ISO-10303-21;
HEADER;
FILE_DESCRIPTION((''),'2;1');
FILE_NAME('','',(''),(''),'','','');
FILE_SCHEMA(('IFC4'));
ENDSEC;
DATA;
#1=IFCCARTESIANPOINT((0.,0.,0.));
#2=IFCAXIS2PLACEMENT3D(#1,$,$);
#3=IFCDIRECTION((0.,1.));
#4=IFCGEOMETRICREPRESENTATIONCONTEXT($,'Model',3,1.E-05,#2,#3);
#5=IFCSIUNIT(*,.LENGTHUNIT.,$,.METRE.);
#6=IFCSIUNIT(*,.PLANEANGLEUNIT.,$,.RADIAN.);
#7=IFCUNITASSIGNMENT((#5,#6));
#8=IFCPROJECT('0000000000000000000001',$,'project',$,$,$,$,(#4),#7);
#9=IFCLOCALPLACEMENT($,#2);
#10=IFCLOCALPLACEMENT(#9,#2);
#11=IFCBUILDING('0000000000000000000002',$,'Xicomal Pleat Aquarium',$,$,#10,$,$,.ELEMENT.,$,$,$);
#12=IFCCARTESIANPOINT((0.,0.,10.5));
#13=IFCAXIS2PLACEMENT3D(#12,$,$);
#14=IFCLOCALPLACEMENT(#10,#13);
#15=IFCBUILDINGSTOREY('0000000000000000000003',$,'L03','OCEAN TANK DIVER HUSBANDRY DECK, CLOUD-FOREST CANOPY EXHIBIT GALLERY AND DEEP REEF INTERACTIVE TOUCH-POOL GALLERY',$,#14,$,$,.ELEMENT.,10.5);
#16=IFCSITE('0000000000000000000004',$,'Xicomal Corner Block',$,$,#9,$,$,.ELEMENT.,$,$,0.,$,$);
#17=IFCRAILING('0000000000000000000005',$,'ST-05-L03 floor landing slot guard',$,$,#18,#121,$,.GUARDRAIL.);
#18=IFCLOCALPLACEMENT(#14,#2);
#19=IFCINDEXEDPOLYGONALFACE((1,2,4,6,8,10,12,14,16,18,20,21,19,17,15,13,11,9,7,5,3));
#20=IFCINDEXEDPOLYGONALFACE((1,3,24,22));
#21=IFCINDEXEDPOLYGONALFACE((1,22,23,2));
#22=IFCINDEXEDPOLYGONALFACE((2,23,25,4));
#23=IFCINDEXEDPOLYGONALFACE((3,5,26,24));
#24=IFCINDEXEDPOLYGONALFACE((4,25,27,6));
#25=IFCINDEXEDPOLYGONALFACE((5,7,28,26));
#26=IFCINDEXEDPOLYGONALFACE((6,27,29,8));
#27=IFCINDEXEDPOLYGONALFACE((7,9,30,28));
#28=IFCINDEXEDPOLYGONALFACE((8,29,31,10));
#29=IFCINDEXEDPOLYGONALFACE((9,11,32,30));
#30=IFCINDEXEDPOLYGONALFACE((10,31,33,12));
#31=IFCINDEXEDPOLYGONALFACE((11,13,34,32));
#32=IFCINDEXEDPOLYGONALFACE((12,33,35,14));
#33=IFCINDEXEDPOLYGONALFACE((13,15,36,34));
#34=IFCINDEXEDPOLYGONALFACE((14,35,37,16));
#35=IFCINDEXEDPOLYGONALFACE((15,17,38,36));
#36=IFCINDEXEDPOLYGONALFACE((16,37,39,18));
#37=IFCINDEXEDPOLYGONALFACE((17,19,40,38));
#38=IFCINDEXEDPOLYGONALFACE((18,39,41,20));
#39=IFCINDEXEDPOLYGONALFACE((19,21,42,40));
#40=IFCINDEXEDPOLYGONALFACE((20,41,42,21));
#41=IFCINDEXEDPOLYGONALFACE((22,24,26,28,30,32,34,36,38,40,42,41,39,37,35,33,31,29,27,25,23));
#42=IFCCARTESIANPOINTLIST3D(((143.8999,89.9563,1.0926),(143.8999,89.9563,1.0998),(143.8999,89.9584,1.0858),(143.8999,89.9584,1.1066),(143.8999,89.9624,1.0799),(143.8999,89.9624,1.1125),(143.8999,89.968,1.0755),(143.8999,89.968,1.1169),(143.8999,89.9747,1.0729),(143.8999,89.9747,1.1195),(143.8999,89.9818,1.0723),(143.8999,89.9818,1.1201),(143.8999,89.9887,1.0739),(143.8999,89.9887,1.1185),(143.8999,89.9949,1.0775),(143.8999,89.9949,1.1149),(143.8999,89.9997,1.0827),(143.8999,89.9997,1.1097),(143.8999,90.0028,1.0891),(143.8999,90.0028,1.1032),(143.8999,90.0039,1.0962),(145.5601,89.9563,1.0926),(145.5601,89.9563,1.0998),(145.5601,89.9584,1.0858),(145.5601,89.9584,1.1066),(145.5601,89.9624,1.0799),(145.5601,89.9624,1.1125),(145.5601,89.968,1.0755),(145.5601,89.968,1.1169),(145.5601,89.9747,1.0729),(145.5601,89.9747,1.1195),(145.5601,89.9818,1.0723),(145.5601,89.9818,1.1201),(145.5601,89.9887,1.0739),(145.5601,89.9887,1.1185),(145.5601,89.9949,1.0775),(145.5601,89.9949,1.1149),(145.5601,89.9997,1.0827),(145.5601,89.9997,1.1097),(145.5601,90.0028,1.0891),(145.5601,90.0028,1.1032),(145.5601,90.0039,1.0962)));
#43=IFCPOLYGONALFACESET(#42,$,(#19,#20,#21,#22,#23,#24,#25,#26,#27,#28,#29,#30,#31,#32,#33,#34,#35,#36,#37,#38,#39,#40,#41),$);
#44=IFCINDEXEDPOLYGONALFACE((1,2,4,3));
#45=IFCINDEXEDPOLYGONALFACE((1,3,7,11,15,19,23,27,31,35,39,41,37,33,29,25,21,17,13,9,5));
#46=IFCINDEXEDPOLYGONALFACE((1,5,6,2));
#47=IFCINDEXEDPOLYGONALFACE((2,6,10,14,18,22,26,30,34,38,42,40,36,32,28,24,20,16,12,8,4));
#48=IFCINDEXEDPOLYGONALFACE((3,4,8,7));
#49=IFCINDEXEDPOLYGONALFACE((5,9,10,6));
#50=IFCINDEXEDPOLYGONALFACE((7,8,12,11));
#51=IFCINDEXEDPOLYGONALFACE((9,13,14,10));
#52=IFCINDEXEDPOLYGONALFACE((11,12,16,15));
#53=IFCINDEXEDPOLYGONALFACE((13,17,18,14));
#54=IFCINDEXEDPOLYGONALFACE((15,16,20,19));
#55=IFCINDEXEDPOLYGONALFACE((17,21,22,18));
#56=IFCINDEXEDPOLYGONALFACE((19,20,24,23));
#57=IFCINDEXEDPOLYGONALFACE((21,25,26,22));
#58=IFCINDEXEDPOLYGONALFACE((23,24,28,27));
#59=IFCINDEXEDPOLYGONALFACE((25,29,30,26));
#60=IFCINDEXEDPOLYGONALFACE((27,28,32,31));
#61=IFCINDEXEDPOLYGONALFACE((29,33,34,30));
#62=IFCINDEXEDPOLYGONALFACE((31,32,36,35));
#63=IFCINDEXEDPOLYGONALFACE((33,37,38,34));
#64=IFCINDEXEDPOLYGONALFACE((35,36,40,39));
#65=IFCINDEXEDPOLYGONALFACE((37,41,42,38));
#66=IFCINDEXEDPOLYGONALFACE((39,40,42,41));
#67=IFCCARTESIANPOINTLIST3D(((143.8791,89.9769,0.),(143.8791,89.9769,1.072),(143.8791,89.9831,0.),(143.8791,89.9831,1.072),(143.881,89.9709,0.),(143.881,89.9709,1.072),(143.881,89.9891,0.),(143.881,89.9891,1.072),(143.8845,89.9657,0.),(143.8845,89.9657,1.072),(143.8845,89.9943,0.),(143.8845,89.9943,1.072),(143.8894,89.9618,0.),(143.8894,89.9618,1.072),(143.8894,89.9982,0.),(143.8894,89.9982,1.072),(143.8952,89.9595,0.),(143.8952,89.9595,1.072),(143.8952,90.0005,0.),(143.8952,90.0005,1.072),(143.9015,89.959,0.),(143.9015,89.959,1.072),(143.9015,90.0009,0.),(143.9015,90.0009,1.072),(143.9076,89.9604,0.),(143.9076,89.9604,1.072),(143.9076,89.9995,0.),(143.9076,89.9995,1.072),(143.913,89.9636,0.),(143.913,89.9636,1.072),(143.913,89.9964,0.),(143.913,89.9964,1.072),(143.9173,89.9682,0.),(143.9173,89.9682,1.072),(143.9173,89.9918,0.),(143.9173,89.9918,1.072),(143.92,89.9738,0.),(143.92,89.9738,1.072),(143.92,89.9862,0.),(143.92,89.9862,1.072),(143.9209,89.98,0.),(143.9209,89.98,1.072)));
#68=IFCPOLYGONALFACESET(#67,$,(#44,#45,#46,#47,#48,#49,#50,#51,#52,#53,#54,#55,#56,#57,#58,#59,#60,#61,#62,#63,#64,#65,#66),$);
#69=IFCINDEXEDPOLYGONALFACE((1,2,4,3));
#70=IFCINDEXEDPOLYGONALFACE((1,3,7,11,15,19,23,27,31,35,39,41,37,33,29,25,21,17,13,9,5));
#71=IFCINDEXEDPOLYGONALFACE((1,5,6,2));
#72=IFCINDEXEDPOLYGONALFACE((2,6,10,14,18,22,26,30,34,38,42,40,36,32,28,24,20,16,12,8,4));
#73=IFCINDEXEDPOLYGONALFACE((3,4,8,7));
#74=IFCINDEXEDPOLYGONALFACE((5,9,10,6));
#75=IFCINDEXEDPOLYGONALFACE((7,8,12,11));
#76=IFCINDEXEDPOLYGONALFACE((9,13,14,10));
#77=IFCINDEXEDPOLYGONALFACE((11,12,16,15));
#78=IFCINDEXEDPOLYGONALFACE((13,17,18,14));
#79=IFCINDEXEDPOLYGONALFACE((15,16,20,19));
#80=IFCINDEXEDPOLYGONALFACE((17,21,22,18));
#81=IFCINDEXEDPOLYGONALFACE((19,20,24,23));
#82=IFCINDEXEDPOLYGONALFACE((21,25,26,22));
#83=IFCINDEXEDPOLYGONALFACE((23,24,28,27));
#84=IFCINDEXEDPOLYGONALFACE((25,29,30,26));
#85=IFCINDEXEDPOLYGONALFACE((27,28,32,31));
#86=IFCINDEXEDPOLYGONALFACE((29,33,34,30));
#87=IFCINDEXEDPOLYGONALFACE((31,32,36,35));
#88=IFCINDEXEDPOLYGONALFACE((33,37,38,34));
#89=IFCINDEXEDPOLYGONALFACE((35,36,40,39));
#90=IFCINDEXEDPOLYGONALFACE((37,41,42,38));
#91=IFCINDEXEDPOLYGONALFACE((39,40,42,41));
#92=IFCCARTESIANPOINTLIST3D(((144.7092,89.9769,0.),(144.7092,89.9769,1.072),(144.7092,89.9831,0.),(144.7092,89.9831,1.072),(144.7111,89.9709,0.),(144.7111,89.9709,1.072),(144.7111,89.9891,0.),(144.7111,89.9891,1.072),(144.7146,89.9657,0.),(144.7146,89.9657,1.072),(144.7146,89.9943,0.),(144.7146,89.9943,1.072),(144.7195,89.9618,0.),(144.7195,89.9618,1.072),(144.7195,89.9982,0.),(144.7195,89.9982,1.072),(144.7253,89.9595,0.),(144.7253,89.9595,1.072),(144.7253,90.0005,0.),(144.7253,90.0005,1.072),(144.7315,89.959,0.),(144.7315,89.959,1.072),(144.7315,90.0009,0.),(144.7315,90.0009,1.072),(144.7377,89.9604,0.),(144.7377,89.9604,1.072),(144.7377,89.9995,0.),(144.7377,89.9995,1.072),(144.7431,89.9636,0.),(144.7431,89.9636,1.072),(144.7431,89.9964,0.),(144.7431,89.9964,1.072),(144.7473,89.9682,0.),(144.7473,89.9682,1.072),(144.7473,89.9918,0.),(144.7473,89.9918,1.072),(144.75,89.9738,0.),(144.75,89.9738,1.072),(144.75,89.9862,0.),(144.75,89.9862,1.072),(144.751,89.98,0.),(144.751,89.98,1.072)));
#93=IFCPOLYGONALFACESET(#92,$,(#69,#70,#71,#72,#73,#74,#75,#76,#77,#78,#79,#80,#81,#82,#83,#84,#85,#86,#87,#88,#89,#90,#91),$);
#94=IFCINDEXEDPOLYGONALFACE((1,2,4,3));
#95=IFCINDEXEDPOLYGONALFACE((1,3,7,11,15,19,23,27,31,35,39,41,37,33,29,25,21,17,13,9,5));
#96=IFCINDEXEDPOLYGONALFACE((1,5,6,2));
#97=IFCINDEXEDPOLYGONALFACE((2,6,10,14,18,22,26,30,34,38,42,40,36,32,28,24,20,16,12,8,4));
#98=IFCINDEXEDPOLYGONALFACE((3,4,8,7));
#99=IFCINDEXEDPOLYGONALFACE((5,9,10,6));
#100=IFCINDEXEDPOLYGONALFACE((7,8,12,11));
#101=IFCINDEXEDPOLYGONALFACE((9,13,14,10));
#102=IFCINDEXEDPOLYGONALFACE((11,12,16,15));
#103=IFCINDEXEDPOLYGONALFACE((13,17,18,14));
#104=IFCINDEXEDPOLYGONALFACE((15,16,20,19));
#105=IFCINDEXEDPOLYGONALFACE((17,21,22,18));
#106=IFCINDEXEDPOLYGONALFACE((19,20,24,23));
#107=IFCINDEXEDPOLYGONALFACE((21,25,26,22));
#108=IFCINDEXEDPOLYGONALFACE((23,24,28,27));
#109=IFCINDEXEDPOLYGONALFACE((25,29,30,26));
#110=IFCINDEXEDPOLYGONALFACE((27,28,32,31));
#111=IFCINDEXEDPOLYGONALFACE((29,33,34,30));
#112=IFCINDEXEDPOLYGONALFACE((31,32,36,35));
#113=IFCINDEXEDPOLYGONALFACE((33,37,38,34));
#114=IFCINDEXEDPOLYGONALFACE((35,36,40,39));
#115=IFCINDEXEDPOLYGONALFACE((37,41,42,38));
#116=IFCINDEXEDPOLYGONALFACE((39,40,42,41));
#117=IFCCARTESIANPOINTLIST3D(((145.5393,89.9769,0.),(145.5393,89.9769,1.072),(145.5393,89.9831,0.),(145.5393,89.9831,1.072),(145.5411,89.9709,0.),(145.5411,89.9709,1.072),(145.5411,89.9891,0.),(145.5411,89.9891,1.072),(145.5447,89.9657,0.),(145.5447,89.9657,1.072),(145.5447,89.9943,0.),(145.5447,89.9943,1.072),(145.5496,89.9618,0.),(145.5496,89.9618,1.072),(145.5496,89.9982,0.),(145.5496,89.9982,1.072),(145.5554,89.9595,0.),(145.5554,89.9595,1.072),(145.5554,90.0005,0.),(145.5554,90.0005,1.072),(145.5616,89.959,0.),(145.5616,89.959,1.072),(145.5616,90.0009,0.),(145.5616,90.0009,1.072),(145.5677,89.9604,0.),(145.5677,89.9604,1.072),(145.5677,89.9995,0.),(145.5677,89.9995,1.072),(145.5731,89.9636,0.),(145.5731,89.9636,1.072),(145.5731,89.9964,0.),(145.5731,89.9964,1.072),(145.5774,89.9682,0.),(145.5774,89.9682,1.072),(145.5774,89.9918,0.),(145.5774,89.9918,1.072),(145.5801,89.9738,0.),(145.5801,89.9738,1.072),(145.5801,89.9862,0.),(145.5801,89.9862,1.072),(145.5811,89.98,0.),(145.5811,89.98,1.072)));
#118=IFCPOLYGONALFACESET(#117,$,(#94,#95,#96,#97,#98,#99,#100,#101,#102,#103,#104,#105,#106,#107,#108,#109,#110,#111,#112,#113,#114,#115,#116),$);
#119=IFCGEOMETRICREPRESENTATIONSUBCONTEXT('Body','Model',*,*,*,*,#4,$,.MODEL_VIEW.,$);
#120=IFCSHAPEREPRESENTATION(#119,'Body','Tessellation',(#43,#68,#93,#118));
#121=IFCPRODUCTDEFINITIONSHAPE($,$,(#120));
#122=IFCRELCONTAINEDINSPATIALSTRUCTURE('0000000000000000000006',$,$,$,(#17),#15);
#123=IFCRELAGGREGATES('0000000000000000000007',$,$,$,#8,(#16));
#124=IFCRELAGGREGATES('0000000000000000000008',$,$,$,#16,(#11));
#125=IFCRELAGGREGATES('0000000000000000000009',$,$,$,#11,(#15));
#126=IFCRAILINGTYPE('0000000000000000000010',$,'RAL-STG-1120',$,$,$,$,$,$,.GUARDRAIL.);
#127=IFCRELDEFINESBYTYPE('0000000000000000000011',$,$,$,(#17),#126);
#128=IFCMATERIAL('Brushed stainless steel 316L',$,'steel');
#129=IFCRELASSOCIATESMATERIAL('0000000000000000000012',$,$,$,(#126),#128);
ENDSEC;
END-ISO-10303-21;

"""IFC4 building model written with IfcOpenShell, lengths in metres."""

from ifc_helpers import new_model, si_unit, direction, frame, origin, origin_2d, place, context, subcontext, project, spatial, circle, extrude, material, type_object, element, save


model = new_model("IFC4")

# Units and contexts
model_context = context("Model", 3, precision=1e-05, world=origin(), true_north=direction((0.0, 1.0)))
body_context = subcontext(model_context, "Body", "Model", "MODEL_VIEW")
ifc_project = project(units=[si_unit("LENGTHUNIT", "METRE"), si_unit("PLANEANGLEUNIT", "RADIAN")], contexts=[model_context])

# Site, building, storey
site_placement = place(None, origin())
site = spatial("IfcSite", under=ifc_project, at=site_placement, Name="Xicomal Corner Block", CompositionType="ELEMENT", RefElevation=0.0)
building_placement = place(site_placement, origin())
building = spatial("IfcBuilding", under=site, at=building_placement, Name="Xicomal Pleat Aquarium", CompositionType="ELEMENT")
storey_placement = place(building_placement, frame((0.0, 0.0, 10.5)))
storey = spatial("IfcBuildingStorey", under=building, at=storey_placement, Name="L03", Description="OCEAN TANK DIVER HUSBANDRY DECK, CLOUD-FOREST CANOPY EXHIBIT GALLERY AND DEEP REEF INTERACTIVE TOUCH-POOL GALLERY", CompositionType="ELEMENT", Elevation=10.5)

# Railing
ifc_material_1 = material(Name="Brushed stainless steel 316L", Category="steel")
railing_type_1 = type_object("IfcRailingType", Name="RAL-STG-1120", PredefinedType="GUARDRAIL", material=ifc_material_1)
railing_1_placement = place(storey_placement, frame((143.8999, 89.98, 0.0)))
element("IfcRailing", 1, at=railing_1_placement, inside=storey, type_object=railing_type_1, Name="ST-05-L03 floor landing slot guard", PredefinedType="GUARDRAIL", context=body_context, shape_type="SweptSolid", body=[
    extrude(circle(Radius=0.0239, at=origin_2d()), frame((0.0, 0.0, 1.0962), z_axis=(1.0, 0.0, 0.0), x_axis=(0.0, 1.0, 0.0)), (0.0, 0.0, 1.0), 1.6602),
    extrude(circle(Radius=0.021, at=origin_2d()), origin(), (0.0, 0.0, 1.0), 1.072),
    extrude(circle(Radius=0.021, at=origin_2d()), frame((0.8301, 0.0, 0.0)), (0.0, 0.0, 1.0), 1.072),
    extrude(circle(Radius=0.021, at=origin_2d()), frame((1.6602, 0.0, 0.0)), (0.0, 0.0, 1.0), 1.072),
])

save(model, "model.ifc")
